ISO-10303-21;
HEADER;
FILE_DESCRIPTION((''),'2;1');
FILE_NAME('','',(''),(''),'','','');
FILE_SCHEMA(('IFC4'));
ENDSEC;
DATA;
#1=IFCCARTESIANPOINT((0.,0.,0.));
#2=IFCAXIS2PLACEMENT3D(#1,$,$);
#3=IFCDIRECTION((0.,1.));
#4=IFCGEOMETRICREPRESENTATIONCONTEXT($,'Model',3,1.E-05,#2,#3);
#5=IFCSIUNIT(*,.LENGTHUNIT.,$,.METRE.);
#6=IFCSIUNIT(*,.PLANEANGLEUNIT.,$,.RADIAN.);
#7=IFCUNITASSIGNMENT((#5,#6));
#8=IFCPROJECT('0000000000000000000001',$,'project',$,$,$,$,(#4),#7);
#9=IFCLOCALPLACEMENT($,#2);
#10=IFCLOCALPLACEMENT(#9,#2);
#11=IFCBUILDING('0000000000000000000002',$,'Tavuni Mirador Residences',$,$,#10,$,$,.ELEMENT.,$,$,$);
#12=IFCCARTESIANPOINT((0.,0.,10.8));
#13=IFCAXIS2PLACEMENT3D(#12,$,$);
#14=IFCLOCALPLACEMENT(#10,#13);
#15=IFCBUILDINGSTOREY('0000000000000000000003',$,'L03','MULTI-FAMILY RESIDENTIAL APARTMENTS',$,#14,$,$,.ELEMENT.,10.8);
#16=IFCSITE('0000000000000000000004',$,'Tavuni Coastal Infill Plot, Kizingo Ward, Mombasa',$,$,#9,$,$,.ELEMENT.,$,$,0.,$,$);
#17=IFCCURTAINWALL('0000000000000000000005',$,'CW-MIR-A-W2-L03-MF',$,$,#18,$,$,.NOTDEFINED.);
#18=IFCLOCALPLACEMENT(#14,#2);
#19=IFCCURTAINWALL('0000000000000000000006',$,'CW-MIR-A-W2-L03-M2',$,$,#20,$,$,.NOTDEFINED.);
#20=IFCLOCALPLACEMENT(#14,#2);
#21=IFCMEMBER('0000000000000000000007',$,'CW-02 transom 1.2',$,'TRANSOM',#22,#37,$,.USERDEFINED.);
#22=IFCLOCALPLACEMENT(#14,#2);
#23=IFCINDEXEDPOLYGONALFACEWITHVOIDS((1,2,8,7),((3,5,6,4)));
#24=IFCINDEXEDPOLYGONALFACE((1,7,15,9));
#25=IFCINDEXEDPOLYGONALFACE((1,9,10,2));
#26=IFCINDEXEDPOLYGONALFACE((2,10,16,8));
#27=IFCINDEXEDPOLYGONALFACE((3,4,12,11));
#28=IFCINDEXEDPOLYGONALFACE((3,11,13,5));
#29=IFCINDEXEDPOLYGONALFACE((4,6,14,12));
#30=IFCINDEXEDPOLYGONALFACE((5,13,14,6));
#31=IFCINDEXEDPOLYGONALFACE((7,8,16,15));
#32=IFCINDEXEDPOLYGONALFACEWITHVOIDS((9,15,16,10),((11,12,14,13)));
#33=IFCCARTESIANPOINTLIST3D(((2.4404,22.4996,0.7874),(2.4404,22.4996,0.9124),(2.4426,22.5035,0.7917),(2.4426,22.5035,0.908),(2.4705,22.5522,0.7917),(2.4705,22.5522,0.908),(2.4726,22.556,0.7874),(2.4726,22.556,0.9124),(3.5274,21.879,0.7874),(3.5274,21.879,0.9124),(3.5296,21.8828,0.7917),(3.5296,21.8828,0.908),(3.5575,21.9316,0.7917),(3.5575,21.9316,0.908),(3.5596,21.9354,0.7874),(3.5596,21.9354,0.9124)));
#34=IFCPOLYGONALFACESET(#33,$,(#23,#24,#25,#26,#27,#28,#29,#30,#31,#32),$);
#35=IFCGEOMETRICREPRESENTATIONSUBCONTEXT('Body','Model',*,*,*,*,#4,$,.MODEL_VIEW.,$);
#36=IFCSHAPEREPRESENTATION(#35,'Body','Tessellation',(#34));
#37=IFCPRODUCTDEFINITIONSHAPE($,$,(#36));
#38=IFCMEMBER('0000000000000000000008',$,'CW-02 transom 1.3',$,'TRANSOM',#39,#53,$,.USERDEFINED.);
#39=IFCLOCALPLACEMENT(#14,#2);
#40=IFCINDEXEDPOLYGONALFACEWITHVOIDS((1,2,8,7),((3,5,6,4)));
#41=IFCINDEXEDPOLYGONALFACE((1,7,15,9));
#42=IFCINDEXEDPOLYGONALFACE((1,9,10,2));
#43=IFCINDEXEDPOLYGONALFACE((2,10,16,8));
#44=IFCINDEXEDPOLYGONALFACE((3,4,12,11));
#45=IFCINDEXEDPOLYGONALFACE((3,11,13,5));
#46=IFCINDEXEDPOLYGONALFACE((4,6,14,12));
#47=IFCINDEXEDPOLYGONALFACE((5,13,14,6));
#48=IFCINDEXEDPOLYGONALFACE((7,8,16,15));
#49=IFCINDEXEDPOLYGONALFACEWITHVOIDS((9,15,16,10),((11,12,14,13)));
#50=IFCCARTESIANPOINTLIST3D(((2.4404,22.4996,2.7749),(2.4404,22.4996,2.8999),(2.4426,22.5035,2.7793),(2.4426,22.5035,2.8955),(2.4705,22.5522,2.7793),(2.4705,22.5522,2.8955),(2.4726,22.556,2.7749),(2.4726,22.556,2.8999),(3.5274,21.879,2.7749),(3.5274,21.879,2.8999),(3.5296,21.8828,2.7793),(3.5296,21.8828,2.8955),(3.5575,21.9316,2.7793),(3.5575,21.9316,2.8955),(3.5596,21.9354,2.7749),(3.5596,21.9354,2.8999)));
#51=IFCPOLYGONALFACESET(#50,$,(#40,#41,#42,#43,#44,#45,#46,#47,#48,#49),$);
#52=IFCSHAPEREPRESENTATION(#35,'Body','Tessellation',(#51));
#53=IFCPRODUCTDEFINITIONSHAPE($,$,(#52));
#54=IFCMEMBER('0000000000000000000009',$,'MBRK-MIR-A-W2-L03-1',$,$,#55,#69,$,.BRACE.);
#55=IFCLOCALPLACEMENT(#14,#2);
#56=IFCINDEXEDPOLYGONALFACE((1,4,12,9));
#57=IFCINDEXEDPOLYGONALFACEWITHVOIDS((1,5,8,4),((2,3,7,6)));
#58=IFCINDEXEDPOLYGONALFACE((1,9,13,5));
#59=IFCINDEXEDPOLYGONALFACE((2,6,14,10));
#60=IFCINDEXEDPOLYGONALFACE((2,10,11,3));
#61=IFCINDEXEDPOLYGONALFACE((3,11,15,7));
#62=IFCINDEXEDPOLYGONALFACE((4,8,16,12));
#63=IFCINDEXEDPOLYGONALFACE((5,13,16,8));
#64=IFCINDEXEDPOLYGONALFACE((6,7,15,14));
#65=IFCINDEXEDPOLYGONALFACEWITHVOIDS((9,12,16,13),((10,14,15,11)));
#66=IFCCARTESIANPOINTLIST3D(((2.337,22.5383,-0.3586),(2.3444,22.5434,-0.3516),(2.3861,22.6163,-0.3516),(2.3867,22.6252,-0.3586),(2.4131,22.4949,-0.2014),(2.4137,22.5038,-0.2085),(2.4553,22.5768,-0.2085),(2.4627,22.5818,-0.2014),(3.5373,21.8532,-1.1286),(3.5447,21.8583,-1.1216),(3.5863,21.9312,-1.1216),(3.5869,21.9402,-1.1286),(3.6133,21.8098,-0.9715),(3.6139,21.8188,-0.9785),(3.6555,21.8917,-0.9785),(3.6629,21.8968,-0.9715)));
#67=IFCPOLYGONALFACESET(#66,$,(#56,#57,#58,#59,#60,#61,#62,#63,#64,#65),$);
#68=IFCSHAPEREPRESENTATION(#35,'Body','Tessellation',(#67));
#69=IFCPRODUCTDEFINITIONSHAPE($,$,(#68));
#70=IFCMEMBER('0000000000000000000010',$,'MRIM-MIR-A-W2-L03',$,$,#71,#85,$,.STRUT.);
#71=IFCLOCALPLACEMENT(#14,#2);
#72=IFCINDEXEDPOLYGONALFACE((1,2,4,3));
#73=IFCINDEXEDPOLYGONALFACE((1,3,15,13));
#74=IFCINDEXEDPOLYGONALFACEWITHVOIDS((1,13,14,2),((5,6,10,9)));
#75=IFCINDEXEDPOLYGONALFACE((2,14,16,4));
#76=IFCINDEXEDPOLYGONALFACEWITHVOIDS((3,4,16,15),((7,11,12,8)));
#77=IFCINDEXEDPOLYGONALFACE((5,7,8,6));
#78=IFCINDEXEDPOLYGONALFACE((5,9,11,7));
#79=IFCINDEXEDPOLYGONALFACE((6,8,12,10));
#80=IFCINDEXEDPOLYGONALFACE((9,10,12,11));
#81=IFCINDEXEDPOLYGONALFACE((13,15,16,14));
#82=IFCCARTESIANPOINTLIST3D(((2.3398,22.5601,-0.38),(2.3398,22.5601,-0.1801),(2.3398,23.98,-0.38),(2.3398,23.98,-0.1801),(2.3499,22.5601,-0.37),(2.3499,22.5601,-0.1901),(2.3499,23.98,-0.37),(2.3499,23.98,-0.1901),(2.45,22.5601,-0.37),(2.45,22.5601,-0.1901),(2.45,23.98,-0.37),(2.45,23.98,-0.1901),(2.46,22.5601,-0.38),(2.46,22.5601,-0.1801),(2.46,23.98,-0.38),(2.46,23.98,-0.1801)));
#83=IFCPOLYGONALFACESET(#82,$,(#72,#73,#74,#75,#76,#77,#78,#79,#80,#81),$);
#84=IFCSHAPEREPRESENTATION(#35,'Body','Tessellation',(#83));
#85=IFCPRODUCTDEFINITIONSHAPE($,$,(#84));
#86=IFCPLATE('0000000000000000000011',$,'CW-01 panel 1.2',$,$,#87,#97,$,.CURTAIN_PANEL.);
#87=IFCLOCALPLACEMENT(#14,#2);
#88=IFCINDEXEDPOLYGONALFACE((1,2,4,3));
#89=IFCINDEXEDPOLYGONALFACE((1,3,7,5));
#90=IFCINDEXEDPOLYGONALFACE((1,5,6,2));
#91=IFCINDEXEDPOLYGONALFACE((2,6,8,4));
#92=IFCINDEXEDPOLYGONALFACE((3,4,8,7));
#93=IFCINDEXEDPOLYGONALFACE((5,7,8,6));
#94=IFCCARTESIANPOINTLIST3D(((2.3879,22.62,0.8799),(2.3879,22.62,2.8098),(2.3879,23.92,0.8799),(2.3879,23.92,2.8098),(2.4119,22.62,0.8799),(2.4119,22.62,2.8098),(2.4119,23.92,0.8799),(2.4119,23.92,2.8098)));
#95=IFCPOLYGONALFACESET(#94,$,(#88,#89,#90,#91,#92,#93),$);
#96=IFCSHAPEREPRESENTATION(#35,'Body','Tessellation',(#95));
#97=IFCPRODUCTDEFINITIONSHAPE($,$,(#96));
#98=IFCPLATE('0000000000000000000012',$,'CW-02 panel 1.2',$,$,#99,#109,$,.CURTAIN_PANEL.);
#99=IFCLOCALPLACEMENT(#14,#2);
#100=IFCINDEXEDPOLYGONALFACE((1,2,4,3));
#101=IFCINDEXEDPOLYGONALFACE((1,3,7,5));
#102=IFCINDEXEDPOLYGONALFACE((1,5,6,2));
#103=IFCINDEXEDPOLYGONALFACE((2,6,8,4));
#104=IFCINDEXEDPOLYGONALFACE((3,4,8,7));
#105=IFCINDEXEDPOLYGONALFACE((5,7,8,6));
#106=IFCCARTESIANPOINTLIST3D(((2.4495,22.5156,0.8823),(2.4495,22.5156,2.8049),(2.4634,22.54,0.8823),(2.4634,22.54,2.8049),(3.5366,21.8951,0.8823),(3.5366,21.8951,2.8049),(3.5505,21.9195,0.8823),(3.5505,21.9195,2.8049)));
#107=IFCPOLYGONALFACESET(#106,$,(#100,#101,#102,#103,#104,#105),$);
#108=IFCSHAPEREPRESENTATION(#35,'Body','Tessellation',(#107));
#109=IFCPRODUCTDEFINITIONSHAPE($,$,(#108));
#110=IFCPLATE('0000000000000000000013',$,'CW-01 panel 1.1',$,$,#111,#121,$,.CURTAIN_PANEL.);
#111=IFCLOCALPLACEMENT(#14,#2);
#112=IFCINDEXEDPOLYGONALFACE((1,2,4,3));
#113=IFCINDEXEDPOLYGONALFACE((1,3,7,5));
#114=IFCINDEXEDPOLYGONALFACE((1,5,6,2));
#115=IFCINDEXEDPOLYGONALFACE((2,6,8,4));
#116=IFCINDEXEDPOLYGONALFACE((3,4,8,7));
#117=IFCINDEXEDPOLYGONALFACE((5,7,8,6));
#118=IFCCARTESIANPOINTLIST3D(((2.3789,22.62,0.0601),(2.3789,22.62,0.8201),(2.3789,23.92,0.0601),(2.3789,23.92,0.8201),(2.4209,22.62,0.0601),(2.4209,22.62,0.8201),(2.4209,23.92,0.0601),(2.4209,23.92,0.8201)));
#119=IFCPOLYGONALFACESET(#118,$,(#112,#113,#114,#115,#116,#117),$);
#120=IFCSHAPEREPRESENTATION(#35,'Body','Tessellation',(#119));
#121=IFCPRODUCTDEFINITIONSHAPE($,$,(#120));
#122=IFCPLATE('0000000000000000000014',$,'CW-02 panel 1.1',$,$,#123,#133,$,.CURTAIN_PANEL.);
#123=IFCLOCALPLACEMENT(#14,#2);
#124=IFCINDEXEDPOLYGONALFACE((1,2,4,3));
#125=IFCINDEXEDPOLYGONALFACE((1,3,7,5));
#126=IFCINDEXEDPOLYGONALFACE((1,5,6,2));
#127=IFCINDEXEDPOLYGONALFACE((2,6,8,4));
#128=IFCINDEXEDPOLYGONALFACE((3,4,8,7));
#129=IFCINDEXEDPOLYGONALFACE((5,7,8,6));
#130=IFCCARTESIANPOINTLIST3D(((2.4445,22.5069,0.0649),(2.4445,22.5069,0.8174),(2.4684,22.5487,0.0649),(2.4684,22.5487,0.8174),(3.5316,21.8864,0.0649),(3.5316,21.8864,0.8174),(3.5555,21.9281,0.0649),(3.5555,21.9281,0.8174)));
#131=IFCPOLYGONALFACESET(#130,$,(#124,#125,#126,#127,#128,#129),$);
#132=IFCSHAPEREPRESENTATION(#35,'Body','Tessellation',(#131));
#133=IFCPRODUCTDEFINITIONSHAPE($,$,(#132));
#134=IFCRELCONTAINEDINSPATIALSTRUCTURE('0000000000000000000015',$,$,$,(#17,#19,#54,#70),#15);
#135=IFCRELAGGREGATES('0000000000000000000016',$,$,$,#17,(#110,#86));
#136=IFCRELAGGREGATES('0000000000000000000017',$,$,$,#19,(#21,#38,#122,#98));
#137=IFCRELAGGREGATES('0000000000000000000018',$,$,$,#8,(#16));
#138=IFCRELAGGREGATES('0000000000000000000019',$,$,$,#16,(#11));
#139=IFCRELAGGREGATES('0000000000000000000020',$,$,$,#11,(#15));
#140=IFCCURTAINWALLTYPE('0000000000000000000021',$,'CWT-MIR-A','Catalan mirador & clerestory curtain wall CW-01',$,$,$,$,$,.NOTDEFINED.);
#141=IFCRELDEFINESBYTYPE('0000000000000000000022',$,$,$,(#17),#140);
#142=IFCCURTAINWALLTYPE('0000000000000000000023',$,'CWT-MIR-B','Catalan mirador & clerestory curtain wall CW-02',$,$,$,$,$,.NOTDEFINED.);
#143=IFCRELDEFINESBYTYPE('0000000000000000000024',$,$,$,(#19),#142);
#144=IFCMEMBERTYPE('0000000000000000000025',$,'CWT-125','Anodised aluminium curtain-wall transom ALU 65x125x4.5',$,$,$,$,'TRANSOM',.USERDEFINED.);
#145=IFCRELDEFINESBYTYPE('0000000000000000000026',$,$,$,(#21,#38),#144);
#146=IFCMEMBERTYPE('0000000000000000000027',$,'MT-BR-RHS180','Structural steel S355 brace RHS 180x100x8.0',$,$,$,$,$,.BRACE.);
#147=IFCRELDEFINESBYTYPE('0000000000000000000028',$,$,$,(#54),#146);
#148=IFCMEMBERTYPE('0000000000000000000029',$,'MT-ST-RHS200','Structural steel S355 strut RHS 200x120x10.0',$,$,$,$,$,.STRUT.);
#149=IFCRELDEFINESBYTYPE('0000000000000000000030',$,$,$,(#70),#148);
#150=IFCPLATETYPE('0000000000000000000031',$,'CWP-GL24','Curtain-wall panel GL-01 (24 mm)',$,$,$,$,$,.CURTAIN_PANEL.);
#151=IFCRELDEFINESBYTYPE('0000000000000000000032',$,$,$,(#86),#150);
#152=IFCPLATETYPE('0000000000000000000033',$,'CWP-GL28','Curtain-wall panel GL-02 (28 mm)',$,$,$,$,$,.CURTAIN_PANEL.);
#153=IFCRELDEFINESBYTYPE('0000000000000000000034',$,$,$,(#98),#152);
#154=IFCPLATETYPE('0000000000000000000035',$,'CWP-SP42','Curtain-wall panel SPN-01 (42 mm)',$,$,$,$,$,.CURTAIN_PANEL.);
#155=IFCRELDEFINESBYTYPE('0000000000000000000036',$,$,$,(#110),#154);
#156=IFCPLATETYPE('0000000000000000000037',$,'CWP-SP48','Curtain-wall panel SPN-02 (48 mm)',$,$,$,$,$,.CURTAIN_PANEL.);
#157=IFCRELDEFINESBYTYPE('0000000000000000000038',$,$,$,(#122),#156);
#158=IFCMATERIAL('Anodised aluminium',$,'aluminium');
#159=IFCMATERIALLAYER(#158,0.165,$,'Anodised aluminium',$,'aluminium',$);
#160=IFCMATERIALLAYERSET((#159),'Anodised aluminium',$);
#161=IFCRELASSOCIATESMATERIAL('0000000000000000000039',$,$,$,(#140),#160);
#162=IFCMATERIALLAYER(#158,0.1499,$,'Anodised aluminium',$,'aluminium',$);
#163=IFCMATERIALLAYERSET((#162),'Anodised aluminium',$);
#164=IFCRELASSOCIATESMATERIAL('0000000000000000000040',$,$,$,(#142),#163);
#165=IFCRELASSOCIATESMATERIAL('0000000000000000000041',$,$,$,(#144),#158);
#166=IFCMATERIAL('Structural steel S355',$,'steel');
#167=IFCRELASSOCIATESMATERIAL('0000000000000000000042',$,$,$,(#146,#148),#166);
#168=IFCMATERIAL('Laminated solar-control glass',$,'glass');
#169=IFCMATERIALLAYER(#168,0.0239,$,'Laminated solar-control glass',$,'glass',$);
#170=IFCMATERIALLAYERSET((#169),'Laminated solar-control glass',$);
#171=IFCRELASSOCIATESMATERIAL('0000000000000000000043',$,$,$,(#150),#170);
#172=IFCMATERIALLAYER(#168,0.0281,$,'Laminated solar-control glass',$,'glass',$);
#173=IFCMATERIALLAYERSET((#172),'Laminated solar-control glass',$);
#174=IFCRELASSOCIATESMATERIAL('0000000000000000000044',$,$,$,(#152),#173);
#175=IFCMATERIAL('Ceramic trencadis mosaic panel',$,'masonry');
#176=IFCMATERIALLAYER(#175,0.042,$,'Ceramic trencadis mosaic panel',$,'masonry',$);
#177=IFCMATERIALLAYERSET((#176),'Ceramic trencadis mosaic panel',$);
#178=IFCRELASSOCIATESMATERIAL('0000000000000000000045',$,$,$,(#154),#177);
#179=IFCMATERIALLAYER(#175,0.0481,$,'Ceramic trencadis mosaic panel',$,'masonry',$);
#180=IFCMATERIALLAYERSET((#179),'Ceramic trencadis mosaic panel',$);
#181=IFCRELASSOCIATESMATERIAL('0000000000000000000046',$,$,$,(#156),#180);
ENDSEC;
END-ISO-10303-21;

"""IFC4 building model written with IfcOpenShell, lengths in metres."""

from ifc_helpers import new_model, si_unit, direction, frame, origin, origin_2d, place, context, subcontext, project, spatial, rectangle, hollow_rectangle, extrude, material, layer, layer_set, material_profile, profile_set, type_object, element, aggregate, save


model = new_model("IFC4")

# Units and contexts
model_context = context("Model", 3, precision=1e-05, world=origin(), true_north=direction((0.0, 1.0)))
body_context = subcontext(model_context, "Body", "Model", "MODEL_VIEW")
ifc_project = project(units=[si_unit("LENGTHUNIT", "METRE"), si_unit("PLANEANGLEUNIT", "RADIAN")], contexts=[model_context])

# Site, building, storey
site_placement = place(None, origin())
site = spatial("IfcSite", under=ifc_project, at=site_placement, Name="Tavuni Coastal Infill Plot, Kizingo Ward, Mombasa", CompositionType="ELEMENT", RefElevation=0.0)
building_placement = place(site_placement, origin())
building = spatial("IfcBuilding", under=site, at=building_placement, Name="Tavuni Mirador Residences", CompositionType="ELEMENT")
storey_placement = place(building_placement, frame((0.0, 0.0, 10.8)))
storey = spatial("IfcBuildingStorey", under=building, at=storey_placement, Name="L03", Description="MULTI-FAMILY RESIDENTIAL APARTMENTS", CompositionType="ELEMENT", Elevation=10.8)

# Curtain wall
ifc_material_1 = material(Name="Anodised aluminium", Category="aluminium")
ifc_layer_1 = layer(ifc_material_1, 0.165, Name="Anodised aluminium", Category="aluminium")
ifc_layer_set_1 = layer_set([ifc_layer_1], Name="Anodised aluminium")
curtain_wall_type_1 = type_object("IfcCurtainWallType", Name="CWT-MIR-A", Description="Catalan mirador & clerestory curtain wall CW-01", PredefinedType="NOTDEFINED", material=ifc_layer_set_1)
curtain_wall_1_placement = place(storey_placement, origin())
curtain_wall_1 = element("IfcCurtainWall", 1, at=curtain_wall_1_placement, inside=storey, type_object=curtain_wall_type_1, Name="CW-MIR-A-W2-L03-MF", PredefinedType="NOTDEFINED")

# Curtain wall
ifc_layer_2 = layer(ifc_material_1, 0.1499, Name="Anodised aluminium", Category="aluminium")
ifc_layer_set_2 = layer_set([ifc_layer_2], Name="Anodised aluminium")
curtain_wall_type_2 = type_object("IfcCurtainWallType", Name="CWT-MIR-B", Description="Catalan mirador & clerestory curtain wall CW-02", PredefinedType="NOTDEFINED", material=ifc_layer_set_2)
curtain_wall_2_placement = place(storey_placement, origin())
curtain_wall_2 = element("IfcCurtainWall", 2, at=curtain_wall_2_placement, inside=storey, type_object=curtain_wall_type_2, Name="CW-MIR-A-W2-L03-M2", PredefinedType="NOTDEFINED")

# Members
ifc_material_profile_1 = material_profile(ifc_material_1, hollow_rectangle(XDim=0.0649, YDim=0.125, WallThickness=0.0044, at=origin_2d()), Name="ALU 65x125x4.5", Category="aluminium")
ifc_profile_set_1 = profile_set([ifc_material_profile_1], Name="Anodised aluminium")
member_type_1 = type_object("IfcMemberType", Name="CWT-125", Description="Anodised aluminium curtain-wall transom ALU 65x125x4.5", ElementType="TRANSOM", PredefinedType="USERDEFINED", material=ifc_profile_set_1)
member_1_placement = place(storey_placement, frame((2.4565, 22.5278, 0.8499), z_axis=(0.868411, -0.495845, 0.0), x_axis=(0.495845, 0.868411, 0.0)))
member_1 = element("IfcMember", 3, at=member_1_placement, type_object=member_type_1, Name="CW-02 transom 1.2", ObjectType="TRANSOM", PredefinedType="USERDEFINED", context=body_context, shape_type="SweptSolid", body=[
    extrude(hollow_rectangle(XDim=0.0649, YDim=0.125, WallThickness=0.0044, at=origin_2d()), origin(), (0.0, 0.0, 1.0), 1.2517),
])
member_2_placement = place(storey_placement, frame((2.4565, 22.5278, 2.8374), z_axis=(0.868411, -0.495845, 0.0), x_axis=(0.495845, 0.868411, 0.0)))
member_2 = element("IfcMember", 4, at=member_2_placement, type_object=member_type_1, Name="CW-02 transom 1.3", ObjectType="TRANSOM", PredefinedType="USERDEFINED", context=body_context, shape_type="SweptSolid", body=[
    extrude(hollow_rectangle(XDim=0.0649, YDim=0.125, WallThickness=0.0044, at=origin_2d()), origin(), (0.0, 0.0, 1.0), 1.2517),
])

# Members
ifc_material_2 = material(Name="Structural steel S355", Category="steel")
ifc_material_profile_2 = material_profile(ifc_material_2, hollow_rectangle(XDim=0.1001, YDim=0.1799, WallThickness=0.0081, at=origin_2d()), Name="RHS 180x100x8.0", Category="steel")
ifc_profile_set_2 = profile_set([ifc_material_profile_2], Name="Structural steel S355")
member_type_2 = type_object("IfcMemberType", Name="MT-BR-RHS180", Description="Structural steel S355 brace RHS 180x100x8.0", PredefinedType="BRACE", material=ifc_profile_set_2)
member_3_placement = place(storey_placement, frame((3.6001, 21.875, -1.05), z_axis=(-0.75866, 0.433035, 0.48674), x_axis=(-0.49572, -0.868482, 0.0)))
element("IfcMember", 5, at=member_3_placement, inside=storey, type_object=member_type_2, Name="MBRK-MIR-A-W2-L03-1", PredefinedType="BRACE", context=body_context, shape_type="SweptSolid", body=[
    extrude(hollow_rectangle(XDim=0.1001, YDim=0.1799, WallThickness=0.0081, at=origin_2d()), origin(), (0.0, 0.0, 1.0), 1.582),
])
ifc_material_profile_3 = material_profile(ifc_material_2, hollow_rectangle(XDim=0.1201, YDim=0.2, WallThickness=0.01, at=origin_2d()), Name="RHS 200x120x10.0", Category="steel")
ifc_profile_set_3 = profile_set([ifc_material_profile_3], Name="Structural steel S355")
member_type_3 = type_object("IfcMemberType", Name="MT-ST-RHS200", Description="Structural steel S355 strut RHS 200x120x10.0", PredefinedType="STRUT", material=ifc_profile_set_3)
member_4_placement = place(storey_placement, frame((2.3999, 22.5601, -0.28), z_axis=(0.0, 1.0, 0.0), x_axis=(-1.0, 0.0, 0.0)))
element("IfcMember", 6, at=member_4_placement, inside=storey, type_object=member_type_3, Name="MRIM-MIR-A-W2-L03", PredefinedType="STRUT", context=body_context, shape_type="SweptSolid", body=[
    extrude(hollow_rectangle(XDim=0.1201, YDim=0.2, WallThickness=0.01, at=origin_2d()), origin(), (0.0, 0.0, 1.0), 1.4199),
])

# Plates
ifc_material_3 = material(Name="Laminated solar-control glass", Category="glass")
ifc_layer_3 = layer(ifc_material_3, 0.0239, Name="Laminated solar-control glass", Category="glass")
ifc_layer_set_3 = layer_set([ifc_layer_3], Name="Laminated solar-control glass")
plate_type_1 = type_object("IfcPlateType", Name="CWP-GL24", Description="Curtain-wall panel GL-01 (24 mm)", PredefinedType="CURTAIN_PANEL", material=ifc_layer_set_3)
plate_1_placement = place(storey_placement, frame((2.3999, 23.27, 0.8799), z_axis=(0.0, 0.0, 1.0), x_axis=(0.0, -1.0, 0.0)))
plate_1 = element("IfcPlate", 7, at=plate_1_placement, type_object=plate_type_1, Name="CW-01 panel 1.2", PredefinedType="CURTAIN_PANEL", context=body_context, shape_type="SweptSolid", body=[
    extrude(rectangle(XDim=1.3, YDim=0.0239, at=origin_2d()), origin(), (0.0, 0.0, 1.0), 1.9299),
])
ifc_layer_4 = layer(ifc_material_3, 0.0281, Name="Laminated solar-control glass", Category="glass")
ifc_layer_set_4 = layer_set([ifc_layer_4], Name="Laminated solar-control glass")
plate_type_2 = type_object("IfcPlateType", Name="CWP-GL28", Description="Curtain-wall panel GL-02 (28 mm)", PredefinedType="CURTAIN_PANEL", material=ifc_layer_set_4)
plate_2_placement = place(storey_placement, frame((3.0, 22.2175, 0.8823), z_axis=(0.0, 0.0, 1.0), x_axis=(0.868466, -0.495749, 0.0)))
plate_2 = element("IfcPlate", 8, at=plate_2_placement, type_object=plate_type_2, Name="CW-02 panel 1.2", PredefinedType="CURTAIN_PANEL", context=body_context, shape_type="SweptSolid", body=[
    extrude(rectangle(XDim=1.2517, YDim=0.0281, at=origin_2d()), origin(), (0.0, 0.0, 1.0), 1.9226),
])
ifc_material_4 = material(Name="Ceramic trencadis mosaic panel", Category="masonry")
ifc_layer_5 = layer(ifc_material_4, 0.042, Name="Ceramic trencadis mosaic panel", Category="masonry")
ifc_layer_set_5 = layer_set([ifc_layer_5], Name="Ceramic trencadis mosaic panel")
plate_type_3 = type_object("IfcPlateType", Name="CWP-SP42", Description="Curtain-wall panel SPN-01 (42 mm)", PredefinedType="CURTAIN_PANEL", material=ifc_layer_set_5)
plate_3_placement = place(storey_placement, frame((2.3999, 23.27, 0.0601), z_axis=(0.0, 0.0, 1.0), x_axis=(0.0, -1.0, 0.0)))
plate_3 = element("IfcPlate", 9, at=plate_3_placement, type_object=plate_type_3, Name="CW-01 panel 1.1", PredefinedType="CURTAIN_PANEL", context=body_context, shape_type="SweptSolid", body=[
    extrude(rectangle(XDim=1.3, YDim=0.042, at=origin_2d()), origin(), (0.0, 0.0, 1.0), 0.76),
])
aggregate(curtain_wall_1, [plate_3, plate_1])
ifc_layer_6 = layer(ifc_material_4, 0.0481, Name="Ceramic trencadis mosaic panel", Category="masonry")
ifc_layer_set_6 = layer_set([ifc_layer_6], Name="Ceramic trencadis mosaic panel")
plate_type_4 = type_object("IfcPlateType", Name="CWP-SP48", Description="Curtain-wall panel SPN-02 (48 mm)", PredefinedType="CURTAIN_PANEL", material=ifc_layer_set_6)
plate_4_placement = place(storey_placement, frame((3.0, 22.2175, 0.0649), z_axis=(0.0, 0.0, 1.0), x_axis=(0.868466, -0.495749, 0.0)))
plate_4 = element("IfcPlate", 10, at=plate_4_placement, type_object=plate_type_4, Name="CW-02 panel 1.1", PredefinedType="CURTAIN_PANEL", context=body_context, shape_type="SweptSolid", body=[
    extrude(rectangle(XDim=1.2517, YDim=0.0481, at=origin_2d()), origin(), (0.0, 0.0, 1.0), 0.7524),
])
aggregate(curtain_wall_2, [member_1, member_2, plate_4, plate_2])

save(model, "model.ifc")
